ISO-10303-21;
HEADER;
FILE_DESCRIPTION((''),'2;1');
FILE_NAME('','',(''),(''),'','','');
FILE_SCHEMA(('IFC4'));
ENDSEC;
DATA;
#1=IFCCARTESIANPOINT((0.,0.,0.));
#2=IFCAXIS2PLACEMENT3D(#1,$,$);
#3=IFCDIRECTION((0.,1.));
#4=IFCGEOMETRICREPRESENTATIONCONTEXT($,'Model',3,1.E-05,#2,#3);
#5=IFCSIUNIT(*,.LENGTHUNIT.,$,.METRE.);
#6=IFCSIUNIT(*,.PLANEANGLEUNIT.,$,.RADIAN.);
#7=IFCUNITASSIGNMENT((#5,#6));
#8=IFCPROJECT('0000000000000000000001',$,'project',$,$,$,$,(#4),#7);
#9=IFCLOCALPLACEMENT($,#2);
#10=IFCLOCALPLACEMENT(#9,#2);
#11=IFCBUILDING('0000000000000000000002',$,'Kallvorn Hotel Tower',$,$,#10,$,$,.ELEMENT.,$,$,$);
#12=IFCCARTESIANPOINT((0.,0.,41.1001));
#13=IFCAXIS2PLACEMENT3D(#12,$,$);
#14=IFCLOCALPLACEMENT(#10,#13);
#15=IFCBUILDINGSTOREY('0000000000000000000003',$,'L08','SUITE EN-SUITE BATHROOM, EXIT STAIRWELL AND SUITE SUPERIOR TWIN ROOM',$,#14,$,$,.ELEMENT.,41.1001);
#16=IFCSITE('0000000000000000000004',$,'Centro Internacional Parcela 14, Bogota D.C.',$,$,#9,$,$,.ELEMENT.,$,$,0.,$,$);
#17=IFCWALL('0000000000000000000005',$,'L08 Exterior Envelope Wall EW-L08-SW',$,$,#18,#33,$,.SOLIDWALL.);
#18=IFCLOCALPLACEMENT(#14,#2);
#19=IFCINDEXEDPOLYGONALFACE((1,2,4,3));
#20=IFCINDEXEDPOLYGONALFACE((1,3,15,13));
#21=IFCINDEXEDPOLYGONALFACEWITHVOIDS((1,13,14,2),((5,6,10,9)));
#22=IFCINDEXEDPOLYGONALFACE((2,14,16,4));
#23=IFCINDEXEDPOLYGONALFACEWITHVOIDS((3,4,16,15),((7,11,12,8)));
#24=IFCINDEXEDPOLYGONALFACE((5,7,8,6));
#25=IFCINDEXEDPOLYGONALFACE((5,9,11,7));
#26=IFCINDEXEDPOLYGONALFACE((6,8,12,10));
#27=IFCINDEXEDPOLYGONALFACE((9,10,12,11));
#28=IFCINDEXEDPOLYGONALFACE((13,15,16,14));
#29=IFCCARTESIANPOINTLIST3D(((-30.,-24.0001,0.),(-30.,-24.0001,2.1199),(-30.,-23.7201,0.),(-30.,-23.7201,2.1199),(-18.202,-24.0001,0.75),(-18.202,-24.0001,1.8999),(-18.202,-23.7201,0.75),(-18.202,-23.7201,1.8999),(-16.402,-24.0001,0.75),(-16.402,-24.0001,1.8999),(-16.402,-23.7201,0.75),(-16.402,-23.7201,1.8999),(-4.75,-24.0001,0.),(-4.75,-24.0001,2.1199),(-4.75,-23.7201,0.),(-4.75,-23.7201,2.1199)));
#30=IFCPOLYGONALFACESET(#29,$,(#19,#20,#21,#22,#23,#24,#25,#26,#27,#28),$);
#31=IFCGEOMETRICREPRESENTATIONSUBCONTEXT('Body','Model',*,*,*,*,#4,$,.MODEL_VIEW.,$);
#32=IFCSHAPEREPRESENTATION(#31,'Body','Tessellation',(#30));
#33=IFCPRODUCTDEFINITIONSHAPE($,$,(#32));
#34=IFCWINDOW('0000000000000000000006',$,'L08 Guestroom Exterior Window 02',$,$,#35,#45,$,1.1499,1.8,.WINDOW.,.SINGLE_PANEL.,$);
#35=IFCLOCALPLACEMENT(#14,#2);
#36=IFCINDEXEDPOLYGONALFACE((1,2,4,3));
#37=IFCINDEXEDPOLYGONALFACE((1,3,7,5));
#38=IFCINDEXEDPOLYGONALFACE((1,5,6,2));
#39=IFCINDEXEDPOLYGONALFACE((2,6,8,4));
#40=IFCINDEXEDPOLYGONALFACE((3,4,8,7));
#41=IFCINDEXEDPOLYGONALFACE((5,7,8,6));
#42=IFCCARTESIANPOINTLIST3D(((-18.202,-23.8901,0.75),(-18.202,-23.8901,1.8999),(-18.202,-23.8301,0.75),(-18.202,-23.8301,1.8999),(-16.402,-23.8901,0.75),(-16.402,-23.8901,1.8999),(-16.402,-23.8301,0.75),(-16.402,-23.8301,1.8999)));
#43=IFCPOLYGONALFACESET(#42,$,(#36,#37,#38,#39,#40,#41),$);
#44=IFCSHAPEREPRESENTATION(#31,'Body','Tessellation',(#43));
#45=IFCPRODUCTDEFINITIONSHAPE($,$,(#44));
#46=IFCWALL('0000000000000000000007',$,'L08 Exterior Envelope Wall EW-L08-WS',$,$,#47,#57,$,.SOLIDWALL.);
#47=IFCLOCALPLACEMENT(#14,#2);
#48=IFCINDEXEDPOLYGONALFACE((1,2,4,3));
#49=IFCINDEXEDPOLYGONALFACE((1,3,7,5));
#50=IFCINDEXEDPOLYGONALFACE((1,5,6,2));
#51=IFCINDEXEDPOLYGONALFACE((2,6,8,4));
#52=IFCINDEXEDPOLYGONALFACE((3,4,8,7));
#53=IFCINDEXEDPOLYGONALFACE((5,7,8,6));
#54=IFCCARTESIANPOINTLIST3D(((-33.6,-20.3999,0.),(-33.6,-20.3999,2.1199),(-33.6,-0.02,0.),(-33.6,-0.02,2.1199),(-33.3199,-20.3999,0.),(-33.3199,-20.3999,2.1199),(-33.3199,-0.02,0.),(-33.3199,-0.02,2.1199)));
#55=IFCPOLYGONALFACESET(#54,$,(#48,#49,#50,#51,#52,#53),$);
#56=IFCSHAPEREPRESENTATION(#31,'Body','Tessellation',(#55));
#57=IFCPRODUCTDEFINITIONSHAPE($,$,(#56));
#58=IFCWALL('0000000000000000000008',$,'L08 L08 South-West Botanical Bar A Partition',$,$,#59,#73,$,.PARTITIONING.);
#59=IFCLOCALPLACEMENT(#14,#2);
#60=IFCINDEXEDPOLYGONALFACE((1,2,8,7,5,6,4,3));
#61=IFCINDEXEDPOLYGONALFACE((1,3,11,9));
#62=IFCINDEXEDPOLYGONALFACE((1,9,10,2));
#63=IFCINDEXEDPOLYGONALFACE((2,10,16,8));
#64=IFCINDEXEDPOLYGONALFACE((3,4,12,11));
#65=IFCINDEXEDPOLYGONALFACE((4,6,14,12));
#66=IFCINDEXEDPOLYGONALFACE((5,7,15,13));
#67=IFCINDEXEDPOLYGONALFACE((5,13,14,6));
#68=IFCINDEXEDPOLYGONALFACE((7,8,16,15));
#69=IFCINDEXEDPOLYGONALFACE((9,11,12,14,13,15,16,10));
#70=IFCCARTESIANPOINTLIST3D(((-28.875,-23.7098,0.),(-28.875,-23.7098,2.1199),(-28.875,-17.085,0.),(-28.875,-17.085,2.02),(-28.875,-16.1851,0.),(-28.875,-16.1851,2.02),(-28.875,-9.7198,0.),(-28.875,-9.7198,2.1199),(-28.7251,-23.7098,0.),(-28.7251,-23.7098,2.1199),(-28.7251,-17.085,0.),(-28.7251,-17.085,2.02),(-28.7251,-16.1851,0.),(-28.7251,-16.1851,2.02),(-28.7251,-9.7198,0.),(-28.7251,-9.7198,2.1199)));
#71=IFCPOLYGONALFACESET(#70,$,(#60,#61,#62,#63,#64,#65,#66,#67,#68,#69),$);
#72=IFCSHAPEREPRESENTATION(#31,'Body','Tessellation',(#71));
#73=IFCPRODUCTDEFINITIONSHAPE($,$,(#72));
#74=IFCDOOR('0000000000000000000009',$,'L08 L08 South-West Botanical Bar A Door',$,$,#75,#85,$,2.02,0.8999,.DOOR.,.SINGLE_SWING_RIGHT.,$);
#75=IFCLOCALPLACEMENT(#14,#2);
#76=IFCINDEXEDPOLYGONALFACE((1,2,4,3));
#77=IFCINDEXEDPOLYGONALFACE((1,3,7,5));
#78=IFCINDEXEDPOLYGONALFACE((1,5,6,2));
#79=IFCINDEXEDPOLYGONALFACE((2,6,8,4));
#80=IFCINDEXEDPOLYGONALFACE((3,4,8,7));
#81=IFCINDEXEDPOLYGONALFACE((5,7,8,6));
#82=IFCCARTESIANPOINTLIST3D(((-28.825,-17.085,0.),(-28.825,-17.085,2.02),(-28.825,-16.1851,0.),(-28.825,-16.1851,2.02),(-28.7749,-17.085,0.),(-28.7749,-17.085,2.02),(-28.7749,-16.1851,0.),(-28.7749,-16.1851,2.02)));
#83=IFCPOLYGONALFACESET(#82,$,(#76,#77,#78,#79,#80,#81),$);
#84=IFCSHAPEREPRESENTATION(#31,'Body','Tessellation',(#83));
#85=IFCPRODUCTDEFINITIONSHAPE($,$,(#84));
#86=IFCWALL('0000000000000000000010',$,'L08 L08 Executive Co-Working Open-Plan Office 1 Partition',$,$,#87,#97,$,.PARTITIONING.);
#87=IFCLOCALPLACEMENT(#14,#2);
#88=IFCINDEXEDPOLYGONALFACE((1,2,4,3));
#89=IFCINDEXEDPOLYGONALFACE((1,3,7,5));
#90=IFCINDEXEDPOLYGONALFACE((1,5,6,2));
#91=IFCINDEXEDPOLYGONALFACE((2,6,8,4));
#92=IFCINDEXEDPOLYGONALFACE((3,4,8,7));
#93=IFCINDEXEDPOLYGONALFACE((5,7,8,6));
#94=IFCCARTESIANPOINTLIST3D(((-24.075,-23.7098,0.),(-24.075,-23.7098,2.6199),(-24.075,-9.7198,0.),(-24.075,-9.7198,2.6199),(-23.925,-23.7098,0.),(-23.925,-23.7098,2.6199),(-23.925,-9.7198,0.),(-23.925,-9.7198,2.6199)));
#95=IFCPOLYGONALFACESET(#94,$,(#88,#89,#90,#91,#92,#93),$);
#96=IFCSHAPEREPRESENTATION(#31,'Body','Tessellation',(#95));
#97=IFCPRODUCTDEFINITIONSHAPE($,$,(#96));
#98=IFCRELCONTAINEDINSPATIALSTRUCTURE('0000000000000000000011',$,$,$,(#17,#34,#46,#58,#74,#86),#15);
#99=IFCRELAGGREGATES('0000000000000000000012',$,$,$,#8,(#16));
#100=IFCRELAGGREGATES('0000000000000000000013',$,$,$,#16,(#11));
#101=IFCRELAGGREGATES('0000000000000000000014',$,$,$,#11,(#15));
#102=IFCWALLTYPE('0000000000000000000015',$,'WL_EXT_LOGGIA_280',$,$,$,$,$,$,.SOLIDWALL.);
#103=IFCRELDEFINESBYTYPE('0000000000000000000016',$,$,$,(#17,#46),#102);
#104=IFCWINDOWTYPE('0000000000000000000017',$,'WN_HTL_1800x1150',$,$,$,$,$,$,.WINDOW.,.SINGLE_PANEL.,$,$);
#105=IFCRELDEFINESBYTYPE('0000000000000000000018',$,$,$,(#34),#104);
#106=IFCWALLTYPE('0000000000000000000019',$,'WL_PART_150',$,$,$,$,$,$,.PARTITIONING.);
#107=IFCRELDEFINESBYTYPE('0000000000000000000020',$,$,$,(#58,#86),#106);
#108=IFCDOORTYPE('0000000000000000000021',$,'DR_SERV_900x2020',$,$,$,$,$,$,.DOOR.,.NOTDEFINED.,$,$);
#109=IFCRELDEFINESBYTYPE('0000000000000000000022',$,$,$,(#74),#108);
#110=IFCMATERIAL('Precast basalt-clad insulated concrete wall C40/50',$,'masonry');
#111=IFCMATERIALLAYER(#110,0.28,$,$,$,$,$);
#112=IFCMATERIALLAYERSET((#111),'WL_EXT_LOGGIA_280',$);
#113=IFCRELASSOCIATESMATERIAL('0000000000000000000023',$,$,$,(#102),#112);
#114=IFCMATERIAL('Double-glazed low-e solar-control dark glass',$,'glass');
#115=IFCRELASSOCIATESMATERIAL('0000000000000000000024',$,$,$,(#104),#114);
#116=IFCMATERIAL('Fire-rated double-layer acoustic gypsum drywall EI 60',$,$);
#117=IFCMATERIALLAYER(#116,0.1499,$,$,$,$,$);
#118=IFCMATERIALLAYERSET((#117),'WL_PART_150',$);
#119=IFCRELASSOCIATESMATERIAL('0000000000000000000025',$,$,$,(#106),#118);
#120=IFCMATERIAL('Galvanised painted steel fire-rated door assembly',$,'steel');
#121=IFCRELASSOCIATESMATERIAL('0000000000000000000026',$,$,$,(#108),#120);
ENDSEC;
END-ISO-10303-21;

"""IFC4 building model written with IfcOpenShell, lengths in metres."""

from ifc_helpers import new_model, si_unit, direction, frame, frame_2d, origin, place, context, subcontext, project, spatial, rectangle, extrude, material, layer, layer_set, type_object, element, fill, save


model = new_model("IFC4")

# Units and contexts
model_context = context("Model", 3, precision=1e-05, world=origin(), true_north=direction((0.0, 1.0)))
body_context = subcontext(model_context, "Body", "Model", "MODEL_VIEW")
ifc_project = project(units=[si_unit("LENGTHUNIT", "METRE"), si_unit("PLANEANGLEUNIT", "RADIAN")], contexts=[model_context])

# Site, building, storey
site_placement = place(None, origin())
site = spatial("IfcSite", under=ifc_project, at=site_placement, Name="Centro Internacional Parcela 14, Bogota D.C.", CompositionType="ELEMENT", RefElevation=0.0)
building_placement = place(site_placement, origin())
building = spatial("IfcBuilding", under=site, at=building_placement, Name="Kallvorn Hotel Tower", CompositionType="ELEMENT")
storey_placement = place(building_placement, frame((0.0, 0.0, 41.1001)))
storey = spatial("IfcBuildingStorey", under=building, at=storey_placement, Name="L08", Description="SUITE EN-SUITE BATHROOM, EXIT STAIRWELL AND SUITE SUPERIOR TWIN ROOM", CompositionType="ELEMENT", Elevation=41.1001)

# Shared definitions
ifc_material_1 = material(Name="Precast basalt-clad insulated concrete wall C40/50", Category="masonry")
ifc_layer_1 = layer(ifc_material_1, 0.28)
ifc_layer_set_1 = layer_set([ifc_layer_1], Name="WL_EXT_LOGGIA_280")
wall_type_1 = type_object("IfcWallType", Name="WL_EXT_LOGGIA_280", PredefinedType="SOLIDWALL", material=ifc_layer_set_1)

# Wall, opening, window
wall_1_placement = place(storey_placement, frame((-30.0, -23.8601, 0.0), z_axis=(0.0, 0.0, 1.0), x_axis=(1.0, 0.0, 0.0)))
wall_1 = element("IfcWall", 1, at=wall_1_placement, inside=storey, type_object=wall_type_1, Name="L08 Exterior Envelope Wall EW-L08-SW", PredefinedType="SOLIDWALL", context=body_context, shape_type="SweptSolid", body=[
    extrude(rectangle(XDim=25.25, YDim=0.28, at=frame_2d((12.625, 0.0))), origin(), (0.0, 0.0, 1.0), 2.1199),
])
opening_1_placement = place(wall_1_placement, frame((11.7981, 0.0, 0.75)))
opening_1 = element("IfcOpeningElement", 2, at=opening_1_placement, cuts=wall_1, PredefinedType="OPENING", context=body_context, shape_type="SweptSolid", body=[
    extrude(rectangle(XDim=1.8, YDim=1.1499, at=frame_2d((0.8999, 0.575))), frame((0.0, 0.155, 0.0), z_axis=(0.0, -1.0, 0.0), x_axis=(1.0, 0.0, 0.0)), (0.0, 0.0, 1.0), 0.3101),
])
ifc_material_2 = material(Name="Double-glazed low-e solar-control dark glass", Category="glass")
window_type = type_object("IfcWindowType", Name="WN_HTL_1800x1150", PartitioningType="SINGLE_PANEL", PredefinedType="WINDOW", material=ifc_material_2)
window_placement = place(opening_1_placement, origin())
window = element("IfcWindow", 3, at=window_placement, inside=storey, type_object=window_type, Name="L08 Guestroom Exterior Window 02", OverallHeight=1.1499, OverallWidth=1.8, PartitioningType="SINGLE_PANEL", PredefinedType="WINDOW", context=body_context, shape_type="SweptSolid", body=[
    extrude(rectangle(XDim=1.8, YDim=1.1499, at=frame_2d((0.8999, 0.575))), frame((0.0, 0.03, 0.0), z_axis=(0.0, -1.0, 0.0), x_axis=(1.0, 0.0, 0.0)), (0.0, 0.0, 1.0), 0.0601),
])
fill(opening_1, window)

# Wall
wall_2_placement = place(storey_placement, frame((-33.46, -20.3999, 0.0), z_axis=(0.0, 0.0, 1.0), x_axis=(0.0, 1.0, 0.0)))
element("IfcWall", 4, at=wall_2_placement, inside=storey, type_object=wall_type_1, Name="L08 Exterior Envelope Wall EW-L08-WS", PredefinedType="SOLIDWALL", context=body_context, shape_type="SweptSolid", body=[
    extrude(rectangle(XDim=20.3799, YDim=0.28, at=frame_2d((10.1899, 0.0))), origin(), (0.0, 0.0, 1.0), 2.1199),
])

# Wall, opening, door
ifc_material_3 = material(Name="Fire-rated double-layer acoustic gypsum drywall EI 60")
ifc_layer_2 = layer(ifc_material_3, 0.1499)
ifc_layer_set_2 = layer_set([ifc_layer_2], Name="WL_PART_150")
wall_type_2 = type_object("IfcWallType", Name="WL_PART_150", PredefinedType="PARTITIONING", material=ifc_layer_set_2)
wall_3_placement = place(storey_placement, frame((-28.8, -23.71, 0.0), z_axis=(0.0, 0.0, 1.0), x_axis=(0.0, 1.0, 0.0)))
wall_3 = element("IfcWall", 5, at=wall_3_placement, inside=storey, type_object=wall_type_2, Name="L08 L08 South-West Botanical Bar A Partition", PredefinedType="PARTITIONING", context=body_context, shape_type="SweptSolid", body=[
    extrude(rectangle(XDim=13.99, YDim=0.1499, at=frame_2d((6.9951, 0.0))), origin(), (0.0, 0.0, 1.0), 2.1199),
])
opening_2_placement = place(wall_3_placement, frame((6.625, 0.0, 0.0)))
opening_2 = element("IfcOpeningElement", 6, at=opening_2_placement, cuts=wall_3, PredefinedType="OPENING", context=body_context, shape_type="SweptSolid", body=[
    extrude(rectangle(XDim=0.8999, YDim=2.02, at=frame_2d((0.45, 1.01))), frame((0.0, 0.0898, 0.0), z_axis=(0.0, -1.0, 0.0), x_axis=(1.0, 0.0, 0.0)), (0.0, 0.0, 1.0), 0.1799),
])
ifc_material_4 = material(Name="Galvanised painted steel fire-rated door assembly", Category="steel")
door_type = type_object("IfcDoorType", Name="DR_SERV_900x2020", OperationType="NOTDEFINED", PredefinedType="DOOR", material=ifc_material_4)
door_placement = place(opening_2_placement, origin())
door = element("IfcDoor", 7, at=door_placement, inside=storey, type_object=door_type, Name="L08 L08 South-West Botanical Bar A Door", OperationType="SINGLE_SWING_RIGHT", OverallHeight=2.02, OverallWidth=0.8999, PredefinedType="DOOR", context=body_context, shape_type="SweptSolid", body=[
    extrude(rectangle(XDim=0.8999, YDim=2.02, at=frame_2d((0.45, 1.01))), frame((0.0, 0.0249, 0.0), z_axis=(0.0, -1.0, 0.0), x_axis=(1.0, 0.0, 0.0)), (0.0, 0.0, 1.0), 0.05),
])
fill(opening_2, door)

# Wall
wall_4_placement = place(storey_placement, frame((-24.0, -23.71, 0.0), z_axis=(0.0, 0.0, 1.0), x_axis=(0.0, 1.0, 0.0)))
element("IfcWall", 8, at=wall_4_placement, inside=storey, type_object=wall_type_2, Name="L08 L08 Executive Co-Working Open-Plan Office 1 Partition", PredefinedType="PARTITIONING", context=body_context, shape_type="SweptSolid", body=[
    extrude(rectangle(XDim=13.99, YDim=0.1499, at=frame_2d((6.9951, 0.0))), origin(), (0.0, 0.0, 1.0), 2.6199),
])

save(model, "model.ifc")
